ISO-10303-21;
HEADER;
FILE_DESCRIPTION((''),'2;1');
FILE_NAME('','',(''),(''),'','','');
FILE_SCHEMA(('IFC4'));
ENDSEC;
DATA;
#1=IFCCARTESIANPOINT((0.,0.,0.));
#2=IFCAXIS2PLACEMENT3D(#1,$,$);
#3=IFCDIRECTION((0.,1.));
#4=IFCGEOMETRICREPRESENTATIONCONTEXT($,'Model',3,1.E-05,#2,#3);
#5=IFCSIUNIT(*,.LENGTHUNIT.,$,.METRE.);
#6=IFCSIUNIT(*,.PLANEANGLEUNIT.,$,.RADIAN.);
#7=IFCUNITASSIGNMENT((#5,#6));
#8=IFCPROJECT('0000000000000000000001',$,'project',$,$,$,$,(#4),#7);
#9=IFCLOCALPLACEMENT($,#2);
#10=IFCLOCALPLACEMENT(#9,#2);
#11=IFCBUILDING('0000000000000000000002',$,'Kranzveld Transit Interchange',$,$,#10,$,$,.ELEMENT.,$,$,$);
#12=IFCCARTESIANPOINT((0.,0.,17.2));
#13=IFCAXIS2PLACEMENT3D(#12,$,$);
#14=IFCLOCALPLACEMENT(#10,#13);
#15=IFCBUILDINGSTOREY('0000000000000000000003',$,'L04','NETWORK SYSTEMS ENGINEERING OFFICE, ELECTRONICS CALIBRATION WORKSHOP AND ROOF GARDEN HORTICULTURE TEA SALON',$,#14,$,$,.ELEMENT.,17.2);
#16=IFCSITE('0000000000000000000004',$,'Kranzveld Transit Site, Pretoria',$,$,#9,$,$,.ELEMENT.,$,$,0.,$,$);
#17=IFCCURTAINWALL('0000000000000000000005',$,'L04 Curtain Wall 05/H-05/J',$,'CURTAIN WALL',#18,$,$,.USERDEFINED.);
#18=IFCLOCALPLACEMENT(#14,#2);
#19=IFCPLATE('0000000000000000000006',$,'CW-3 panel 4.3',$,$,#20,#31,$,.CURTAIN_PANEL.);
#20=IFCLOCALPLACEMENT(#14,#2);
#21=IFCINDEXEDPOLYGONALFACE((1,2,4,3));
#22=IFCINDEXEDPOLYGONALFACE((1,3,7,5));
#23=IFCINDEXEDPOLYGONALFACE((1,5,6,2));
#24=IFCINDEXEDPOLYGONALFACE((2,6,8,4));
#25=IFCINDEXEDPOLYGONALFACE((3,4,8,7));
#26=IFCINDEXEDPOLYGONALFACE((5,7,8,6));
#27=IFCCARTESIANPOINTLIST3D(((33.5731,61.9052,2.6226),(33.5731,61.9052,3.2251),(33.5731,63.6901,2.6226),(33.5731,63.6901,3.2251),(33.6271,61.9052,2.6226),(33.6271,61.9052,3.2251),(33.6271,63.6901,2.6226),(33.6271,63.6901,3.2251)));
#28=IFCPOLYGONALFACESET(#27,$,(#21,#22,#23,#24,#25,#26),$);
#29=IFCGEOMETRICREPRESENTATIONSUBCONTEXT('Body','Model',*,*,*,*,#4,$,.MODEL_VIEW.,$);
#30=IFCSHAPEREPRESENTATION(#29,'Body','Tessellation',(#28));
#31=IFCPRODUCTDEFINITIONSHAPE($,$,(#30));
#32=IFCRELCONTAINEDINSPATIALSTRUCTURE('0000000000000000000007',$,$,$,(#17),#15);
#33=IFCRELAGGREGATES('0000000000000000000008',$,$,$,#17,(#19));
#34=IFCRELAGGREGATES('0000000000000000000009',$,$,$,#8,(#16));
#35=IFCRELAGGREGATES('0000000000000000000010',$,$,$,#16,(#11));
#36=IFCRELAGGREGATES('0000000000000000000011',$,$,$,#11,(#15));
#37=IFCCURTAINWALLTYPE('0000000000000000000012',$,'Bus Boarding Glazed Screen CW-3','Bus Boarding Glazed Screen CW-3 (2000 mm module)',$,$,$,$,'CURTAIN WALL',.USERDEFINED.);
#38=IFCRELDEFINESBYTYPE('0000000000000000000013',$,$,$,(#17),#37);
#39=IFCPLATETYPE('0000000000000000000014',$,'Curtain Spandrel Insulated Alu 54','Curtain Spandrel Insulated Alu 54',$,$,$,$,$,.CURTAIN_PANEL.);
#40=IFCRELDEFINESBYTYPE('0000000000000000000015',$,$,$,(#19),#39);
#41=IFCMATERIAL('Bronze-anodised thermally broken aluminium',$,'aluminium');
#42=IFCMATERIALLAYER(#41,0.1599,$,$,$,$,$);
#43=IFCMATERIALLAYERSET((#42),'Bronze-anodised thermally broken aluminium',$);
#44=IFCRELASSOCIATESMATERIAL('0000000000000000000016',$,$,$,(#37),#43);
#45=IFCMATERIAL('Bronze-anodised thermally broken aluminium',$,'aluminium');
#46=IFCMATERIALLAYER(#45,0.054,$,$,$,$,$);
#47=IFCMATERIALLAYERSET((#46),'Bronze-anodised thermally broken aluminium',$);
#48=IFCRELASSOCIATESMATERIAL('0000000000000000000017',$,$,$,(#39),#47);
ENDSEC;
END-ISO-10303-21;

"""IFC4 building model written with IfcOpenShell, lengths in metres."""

from ifc_helpers import new_model, si_unit, direction, frame, origin, origin_2d, place, context, subcontext, project, spatial, rectangle, extrude, material, layer, layer_set, type_object, element, aggregate, save


model = new_model("IFC4")

# Units and contexts
model_context = context("Model", 3, precision=1e-05, world=origin(), true_north=direction((0.0, 1.0)))
body_context = subcontext(model_context, "Body", "Model", "MODEL_VIEW")
ifc_project = project(units=[si_unit("LENGTHUNIT", "METRE"), si_unit("PLANEANGLEUNIT", "RADIAN")], contexts=[model_context])

# Site, building, storey
site_placement = place(None, origin())
site = spatial("IfcSite", under=ifc_project, at=site_placement, Name="Kranzveld Transit Site, Pretoria", CompositionType="ELEMENT", RefElevation=0.0)
building_placement = place(site_placement, origin())
building = spatial("IfcBuilding", under=site, at=building_placement, Name="Kranzveld Transit Interchange", CompositionType="ELEMENT")
storey_placement = place(building_placement, frame((0.0, 0.0, 17.2)))
storey = spatial("IfcBuildingStorey", under=building, at=storey_placement, Name="L04", Description="NETWORK SYSTEMS ENGINEERING OFFICE, ELECTRONICS CALIBRATION WORKSHOP AND ROOF GARDEN HORTICULTURE TEA SALON", CompositionType="ELEMENT", Elevation=17.2)

# Curtain wall
ifc_material_1 = material(Name="Bronze-anodised thermally broken aluminium", Category="aluminium")
ifc_layer_1 = layer(ifc_material_1, 0.1599)
ifc_layer_set_1 = layer_set([ifc_layer_1], Name="Bronze-anodised thermally broken aluminium")
curtain_wall_type_1 = type_object("IfcCurtainWallType", Name="Bus Boarding Glazed Screen CW-3", Description="Bus Boarding Glazed Screen CW-3 (2000 mm module)", ElementType="CURTAIN WALL", PredefinedType="USERDEFINED", material=ifc_layer_set_1)
curtain_wall_1_placement = place(storey_placement, origin())
curtain_wall_1 = element("IfcCurtainWall", 1, at=curtain_wall_1_placement, inside=storey, type_object=curtain_wall_type_1, Name="L04 Curtain Wall 05/H-05/J", ObjectType="CURTAIN WALL", PredefinedType="USERDEFINED")

# Plate
ifc_material_2 = material(Name="Bronze-anodised thermally broken aluminium", Category="aluminium")
ifc_layer_2 = layer(ifc_material_2, 0.054)
ifc_layer_set_2 = layer_set([ifc_layer_2], Name="Bronze-anodised thermally broken aluminium")
plate_type_1 = type_object("IfcPlateType", Name="Curtain Spandrel Insulated Alu 54", Description="Curtain Spandrel Insulated Alu 54", PredefinedType="CURTAIN_PANEL", material=ifc_layer_set_2)
plate_1_placement = place(storey_placement, frame((33.6001, 62.7976, 2.6226), z_axis=(0.0, 0.0, 1.0), x_axis=(0.0, 1.0, 0.0)))
plate_1 = element("IfcPlate", 2, at=plate_1_placement, type_object=plate_type_1, Name="CW-3 panel 4.3", PredefinedType="CURTAIN_PANEL", context=body_context, shape_type="SweptSolid", body=[
    extrude(rectangle(XDim=1.7849, YDim=0.054, at=origin_2d()), origin(), (0.0, 0.0, 1.0), 0.6025),
])
aggregate(curtain_wall_1, [plate_1])

save(model, "model.ifc")
